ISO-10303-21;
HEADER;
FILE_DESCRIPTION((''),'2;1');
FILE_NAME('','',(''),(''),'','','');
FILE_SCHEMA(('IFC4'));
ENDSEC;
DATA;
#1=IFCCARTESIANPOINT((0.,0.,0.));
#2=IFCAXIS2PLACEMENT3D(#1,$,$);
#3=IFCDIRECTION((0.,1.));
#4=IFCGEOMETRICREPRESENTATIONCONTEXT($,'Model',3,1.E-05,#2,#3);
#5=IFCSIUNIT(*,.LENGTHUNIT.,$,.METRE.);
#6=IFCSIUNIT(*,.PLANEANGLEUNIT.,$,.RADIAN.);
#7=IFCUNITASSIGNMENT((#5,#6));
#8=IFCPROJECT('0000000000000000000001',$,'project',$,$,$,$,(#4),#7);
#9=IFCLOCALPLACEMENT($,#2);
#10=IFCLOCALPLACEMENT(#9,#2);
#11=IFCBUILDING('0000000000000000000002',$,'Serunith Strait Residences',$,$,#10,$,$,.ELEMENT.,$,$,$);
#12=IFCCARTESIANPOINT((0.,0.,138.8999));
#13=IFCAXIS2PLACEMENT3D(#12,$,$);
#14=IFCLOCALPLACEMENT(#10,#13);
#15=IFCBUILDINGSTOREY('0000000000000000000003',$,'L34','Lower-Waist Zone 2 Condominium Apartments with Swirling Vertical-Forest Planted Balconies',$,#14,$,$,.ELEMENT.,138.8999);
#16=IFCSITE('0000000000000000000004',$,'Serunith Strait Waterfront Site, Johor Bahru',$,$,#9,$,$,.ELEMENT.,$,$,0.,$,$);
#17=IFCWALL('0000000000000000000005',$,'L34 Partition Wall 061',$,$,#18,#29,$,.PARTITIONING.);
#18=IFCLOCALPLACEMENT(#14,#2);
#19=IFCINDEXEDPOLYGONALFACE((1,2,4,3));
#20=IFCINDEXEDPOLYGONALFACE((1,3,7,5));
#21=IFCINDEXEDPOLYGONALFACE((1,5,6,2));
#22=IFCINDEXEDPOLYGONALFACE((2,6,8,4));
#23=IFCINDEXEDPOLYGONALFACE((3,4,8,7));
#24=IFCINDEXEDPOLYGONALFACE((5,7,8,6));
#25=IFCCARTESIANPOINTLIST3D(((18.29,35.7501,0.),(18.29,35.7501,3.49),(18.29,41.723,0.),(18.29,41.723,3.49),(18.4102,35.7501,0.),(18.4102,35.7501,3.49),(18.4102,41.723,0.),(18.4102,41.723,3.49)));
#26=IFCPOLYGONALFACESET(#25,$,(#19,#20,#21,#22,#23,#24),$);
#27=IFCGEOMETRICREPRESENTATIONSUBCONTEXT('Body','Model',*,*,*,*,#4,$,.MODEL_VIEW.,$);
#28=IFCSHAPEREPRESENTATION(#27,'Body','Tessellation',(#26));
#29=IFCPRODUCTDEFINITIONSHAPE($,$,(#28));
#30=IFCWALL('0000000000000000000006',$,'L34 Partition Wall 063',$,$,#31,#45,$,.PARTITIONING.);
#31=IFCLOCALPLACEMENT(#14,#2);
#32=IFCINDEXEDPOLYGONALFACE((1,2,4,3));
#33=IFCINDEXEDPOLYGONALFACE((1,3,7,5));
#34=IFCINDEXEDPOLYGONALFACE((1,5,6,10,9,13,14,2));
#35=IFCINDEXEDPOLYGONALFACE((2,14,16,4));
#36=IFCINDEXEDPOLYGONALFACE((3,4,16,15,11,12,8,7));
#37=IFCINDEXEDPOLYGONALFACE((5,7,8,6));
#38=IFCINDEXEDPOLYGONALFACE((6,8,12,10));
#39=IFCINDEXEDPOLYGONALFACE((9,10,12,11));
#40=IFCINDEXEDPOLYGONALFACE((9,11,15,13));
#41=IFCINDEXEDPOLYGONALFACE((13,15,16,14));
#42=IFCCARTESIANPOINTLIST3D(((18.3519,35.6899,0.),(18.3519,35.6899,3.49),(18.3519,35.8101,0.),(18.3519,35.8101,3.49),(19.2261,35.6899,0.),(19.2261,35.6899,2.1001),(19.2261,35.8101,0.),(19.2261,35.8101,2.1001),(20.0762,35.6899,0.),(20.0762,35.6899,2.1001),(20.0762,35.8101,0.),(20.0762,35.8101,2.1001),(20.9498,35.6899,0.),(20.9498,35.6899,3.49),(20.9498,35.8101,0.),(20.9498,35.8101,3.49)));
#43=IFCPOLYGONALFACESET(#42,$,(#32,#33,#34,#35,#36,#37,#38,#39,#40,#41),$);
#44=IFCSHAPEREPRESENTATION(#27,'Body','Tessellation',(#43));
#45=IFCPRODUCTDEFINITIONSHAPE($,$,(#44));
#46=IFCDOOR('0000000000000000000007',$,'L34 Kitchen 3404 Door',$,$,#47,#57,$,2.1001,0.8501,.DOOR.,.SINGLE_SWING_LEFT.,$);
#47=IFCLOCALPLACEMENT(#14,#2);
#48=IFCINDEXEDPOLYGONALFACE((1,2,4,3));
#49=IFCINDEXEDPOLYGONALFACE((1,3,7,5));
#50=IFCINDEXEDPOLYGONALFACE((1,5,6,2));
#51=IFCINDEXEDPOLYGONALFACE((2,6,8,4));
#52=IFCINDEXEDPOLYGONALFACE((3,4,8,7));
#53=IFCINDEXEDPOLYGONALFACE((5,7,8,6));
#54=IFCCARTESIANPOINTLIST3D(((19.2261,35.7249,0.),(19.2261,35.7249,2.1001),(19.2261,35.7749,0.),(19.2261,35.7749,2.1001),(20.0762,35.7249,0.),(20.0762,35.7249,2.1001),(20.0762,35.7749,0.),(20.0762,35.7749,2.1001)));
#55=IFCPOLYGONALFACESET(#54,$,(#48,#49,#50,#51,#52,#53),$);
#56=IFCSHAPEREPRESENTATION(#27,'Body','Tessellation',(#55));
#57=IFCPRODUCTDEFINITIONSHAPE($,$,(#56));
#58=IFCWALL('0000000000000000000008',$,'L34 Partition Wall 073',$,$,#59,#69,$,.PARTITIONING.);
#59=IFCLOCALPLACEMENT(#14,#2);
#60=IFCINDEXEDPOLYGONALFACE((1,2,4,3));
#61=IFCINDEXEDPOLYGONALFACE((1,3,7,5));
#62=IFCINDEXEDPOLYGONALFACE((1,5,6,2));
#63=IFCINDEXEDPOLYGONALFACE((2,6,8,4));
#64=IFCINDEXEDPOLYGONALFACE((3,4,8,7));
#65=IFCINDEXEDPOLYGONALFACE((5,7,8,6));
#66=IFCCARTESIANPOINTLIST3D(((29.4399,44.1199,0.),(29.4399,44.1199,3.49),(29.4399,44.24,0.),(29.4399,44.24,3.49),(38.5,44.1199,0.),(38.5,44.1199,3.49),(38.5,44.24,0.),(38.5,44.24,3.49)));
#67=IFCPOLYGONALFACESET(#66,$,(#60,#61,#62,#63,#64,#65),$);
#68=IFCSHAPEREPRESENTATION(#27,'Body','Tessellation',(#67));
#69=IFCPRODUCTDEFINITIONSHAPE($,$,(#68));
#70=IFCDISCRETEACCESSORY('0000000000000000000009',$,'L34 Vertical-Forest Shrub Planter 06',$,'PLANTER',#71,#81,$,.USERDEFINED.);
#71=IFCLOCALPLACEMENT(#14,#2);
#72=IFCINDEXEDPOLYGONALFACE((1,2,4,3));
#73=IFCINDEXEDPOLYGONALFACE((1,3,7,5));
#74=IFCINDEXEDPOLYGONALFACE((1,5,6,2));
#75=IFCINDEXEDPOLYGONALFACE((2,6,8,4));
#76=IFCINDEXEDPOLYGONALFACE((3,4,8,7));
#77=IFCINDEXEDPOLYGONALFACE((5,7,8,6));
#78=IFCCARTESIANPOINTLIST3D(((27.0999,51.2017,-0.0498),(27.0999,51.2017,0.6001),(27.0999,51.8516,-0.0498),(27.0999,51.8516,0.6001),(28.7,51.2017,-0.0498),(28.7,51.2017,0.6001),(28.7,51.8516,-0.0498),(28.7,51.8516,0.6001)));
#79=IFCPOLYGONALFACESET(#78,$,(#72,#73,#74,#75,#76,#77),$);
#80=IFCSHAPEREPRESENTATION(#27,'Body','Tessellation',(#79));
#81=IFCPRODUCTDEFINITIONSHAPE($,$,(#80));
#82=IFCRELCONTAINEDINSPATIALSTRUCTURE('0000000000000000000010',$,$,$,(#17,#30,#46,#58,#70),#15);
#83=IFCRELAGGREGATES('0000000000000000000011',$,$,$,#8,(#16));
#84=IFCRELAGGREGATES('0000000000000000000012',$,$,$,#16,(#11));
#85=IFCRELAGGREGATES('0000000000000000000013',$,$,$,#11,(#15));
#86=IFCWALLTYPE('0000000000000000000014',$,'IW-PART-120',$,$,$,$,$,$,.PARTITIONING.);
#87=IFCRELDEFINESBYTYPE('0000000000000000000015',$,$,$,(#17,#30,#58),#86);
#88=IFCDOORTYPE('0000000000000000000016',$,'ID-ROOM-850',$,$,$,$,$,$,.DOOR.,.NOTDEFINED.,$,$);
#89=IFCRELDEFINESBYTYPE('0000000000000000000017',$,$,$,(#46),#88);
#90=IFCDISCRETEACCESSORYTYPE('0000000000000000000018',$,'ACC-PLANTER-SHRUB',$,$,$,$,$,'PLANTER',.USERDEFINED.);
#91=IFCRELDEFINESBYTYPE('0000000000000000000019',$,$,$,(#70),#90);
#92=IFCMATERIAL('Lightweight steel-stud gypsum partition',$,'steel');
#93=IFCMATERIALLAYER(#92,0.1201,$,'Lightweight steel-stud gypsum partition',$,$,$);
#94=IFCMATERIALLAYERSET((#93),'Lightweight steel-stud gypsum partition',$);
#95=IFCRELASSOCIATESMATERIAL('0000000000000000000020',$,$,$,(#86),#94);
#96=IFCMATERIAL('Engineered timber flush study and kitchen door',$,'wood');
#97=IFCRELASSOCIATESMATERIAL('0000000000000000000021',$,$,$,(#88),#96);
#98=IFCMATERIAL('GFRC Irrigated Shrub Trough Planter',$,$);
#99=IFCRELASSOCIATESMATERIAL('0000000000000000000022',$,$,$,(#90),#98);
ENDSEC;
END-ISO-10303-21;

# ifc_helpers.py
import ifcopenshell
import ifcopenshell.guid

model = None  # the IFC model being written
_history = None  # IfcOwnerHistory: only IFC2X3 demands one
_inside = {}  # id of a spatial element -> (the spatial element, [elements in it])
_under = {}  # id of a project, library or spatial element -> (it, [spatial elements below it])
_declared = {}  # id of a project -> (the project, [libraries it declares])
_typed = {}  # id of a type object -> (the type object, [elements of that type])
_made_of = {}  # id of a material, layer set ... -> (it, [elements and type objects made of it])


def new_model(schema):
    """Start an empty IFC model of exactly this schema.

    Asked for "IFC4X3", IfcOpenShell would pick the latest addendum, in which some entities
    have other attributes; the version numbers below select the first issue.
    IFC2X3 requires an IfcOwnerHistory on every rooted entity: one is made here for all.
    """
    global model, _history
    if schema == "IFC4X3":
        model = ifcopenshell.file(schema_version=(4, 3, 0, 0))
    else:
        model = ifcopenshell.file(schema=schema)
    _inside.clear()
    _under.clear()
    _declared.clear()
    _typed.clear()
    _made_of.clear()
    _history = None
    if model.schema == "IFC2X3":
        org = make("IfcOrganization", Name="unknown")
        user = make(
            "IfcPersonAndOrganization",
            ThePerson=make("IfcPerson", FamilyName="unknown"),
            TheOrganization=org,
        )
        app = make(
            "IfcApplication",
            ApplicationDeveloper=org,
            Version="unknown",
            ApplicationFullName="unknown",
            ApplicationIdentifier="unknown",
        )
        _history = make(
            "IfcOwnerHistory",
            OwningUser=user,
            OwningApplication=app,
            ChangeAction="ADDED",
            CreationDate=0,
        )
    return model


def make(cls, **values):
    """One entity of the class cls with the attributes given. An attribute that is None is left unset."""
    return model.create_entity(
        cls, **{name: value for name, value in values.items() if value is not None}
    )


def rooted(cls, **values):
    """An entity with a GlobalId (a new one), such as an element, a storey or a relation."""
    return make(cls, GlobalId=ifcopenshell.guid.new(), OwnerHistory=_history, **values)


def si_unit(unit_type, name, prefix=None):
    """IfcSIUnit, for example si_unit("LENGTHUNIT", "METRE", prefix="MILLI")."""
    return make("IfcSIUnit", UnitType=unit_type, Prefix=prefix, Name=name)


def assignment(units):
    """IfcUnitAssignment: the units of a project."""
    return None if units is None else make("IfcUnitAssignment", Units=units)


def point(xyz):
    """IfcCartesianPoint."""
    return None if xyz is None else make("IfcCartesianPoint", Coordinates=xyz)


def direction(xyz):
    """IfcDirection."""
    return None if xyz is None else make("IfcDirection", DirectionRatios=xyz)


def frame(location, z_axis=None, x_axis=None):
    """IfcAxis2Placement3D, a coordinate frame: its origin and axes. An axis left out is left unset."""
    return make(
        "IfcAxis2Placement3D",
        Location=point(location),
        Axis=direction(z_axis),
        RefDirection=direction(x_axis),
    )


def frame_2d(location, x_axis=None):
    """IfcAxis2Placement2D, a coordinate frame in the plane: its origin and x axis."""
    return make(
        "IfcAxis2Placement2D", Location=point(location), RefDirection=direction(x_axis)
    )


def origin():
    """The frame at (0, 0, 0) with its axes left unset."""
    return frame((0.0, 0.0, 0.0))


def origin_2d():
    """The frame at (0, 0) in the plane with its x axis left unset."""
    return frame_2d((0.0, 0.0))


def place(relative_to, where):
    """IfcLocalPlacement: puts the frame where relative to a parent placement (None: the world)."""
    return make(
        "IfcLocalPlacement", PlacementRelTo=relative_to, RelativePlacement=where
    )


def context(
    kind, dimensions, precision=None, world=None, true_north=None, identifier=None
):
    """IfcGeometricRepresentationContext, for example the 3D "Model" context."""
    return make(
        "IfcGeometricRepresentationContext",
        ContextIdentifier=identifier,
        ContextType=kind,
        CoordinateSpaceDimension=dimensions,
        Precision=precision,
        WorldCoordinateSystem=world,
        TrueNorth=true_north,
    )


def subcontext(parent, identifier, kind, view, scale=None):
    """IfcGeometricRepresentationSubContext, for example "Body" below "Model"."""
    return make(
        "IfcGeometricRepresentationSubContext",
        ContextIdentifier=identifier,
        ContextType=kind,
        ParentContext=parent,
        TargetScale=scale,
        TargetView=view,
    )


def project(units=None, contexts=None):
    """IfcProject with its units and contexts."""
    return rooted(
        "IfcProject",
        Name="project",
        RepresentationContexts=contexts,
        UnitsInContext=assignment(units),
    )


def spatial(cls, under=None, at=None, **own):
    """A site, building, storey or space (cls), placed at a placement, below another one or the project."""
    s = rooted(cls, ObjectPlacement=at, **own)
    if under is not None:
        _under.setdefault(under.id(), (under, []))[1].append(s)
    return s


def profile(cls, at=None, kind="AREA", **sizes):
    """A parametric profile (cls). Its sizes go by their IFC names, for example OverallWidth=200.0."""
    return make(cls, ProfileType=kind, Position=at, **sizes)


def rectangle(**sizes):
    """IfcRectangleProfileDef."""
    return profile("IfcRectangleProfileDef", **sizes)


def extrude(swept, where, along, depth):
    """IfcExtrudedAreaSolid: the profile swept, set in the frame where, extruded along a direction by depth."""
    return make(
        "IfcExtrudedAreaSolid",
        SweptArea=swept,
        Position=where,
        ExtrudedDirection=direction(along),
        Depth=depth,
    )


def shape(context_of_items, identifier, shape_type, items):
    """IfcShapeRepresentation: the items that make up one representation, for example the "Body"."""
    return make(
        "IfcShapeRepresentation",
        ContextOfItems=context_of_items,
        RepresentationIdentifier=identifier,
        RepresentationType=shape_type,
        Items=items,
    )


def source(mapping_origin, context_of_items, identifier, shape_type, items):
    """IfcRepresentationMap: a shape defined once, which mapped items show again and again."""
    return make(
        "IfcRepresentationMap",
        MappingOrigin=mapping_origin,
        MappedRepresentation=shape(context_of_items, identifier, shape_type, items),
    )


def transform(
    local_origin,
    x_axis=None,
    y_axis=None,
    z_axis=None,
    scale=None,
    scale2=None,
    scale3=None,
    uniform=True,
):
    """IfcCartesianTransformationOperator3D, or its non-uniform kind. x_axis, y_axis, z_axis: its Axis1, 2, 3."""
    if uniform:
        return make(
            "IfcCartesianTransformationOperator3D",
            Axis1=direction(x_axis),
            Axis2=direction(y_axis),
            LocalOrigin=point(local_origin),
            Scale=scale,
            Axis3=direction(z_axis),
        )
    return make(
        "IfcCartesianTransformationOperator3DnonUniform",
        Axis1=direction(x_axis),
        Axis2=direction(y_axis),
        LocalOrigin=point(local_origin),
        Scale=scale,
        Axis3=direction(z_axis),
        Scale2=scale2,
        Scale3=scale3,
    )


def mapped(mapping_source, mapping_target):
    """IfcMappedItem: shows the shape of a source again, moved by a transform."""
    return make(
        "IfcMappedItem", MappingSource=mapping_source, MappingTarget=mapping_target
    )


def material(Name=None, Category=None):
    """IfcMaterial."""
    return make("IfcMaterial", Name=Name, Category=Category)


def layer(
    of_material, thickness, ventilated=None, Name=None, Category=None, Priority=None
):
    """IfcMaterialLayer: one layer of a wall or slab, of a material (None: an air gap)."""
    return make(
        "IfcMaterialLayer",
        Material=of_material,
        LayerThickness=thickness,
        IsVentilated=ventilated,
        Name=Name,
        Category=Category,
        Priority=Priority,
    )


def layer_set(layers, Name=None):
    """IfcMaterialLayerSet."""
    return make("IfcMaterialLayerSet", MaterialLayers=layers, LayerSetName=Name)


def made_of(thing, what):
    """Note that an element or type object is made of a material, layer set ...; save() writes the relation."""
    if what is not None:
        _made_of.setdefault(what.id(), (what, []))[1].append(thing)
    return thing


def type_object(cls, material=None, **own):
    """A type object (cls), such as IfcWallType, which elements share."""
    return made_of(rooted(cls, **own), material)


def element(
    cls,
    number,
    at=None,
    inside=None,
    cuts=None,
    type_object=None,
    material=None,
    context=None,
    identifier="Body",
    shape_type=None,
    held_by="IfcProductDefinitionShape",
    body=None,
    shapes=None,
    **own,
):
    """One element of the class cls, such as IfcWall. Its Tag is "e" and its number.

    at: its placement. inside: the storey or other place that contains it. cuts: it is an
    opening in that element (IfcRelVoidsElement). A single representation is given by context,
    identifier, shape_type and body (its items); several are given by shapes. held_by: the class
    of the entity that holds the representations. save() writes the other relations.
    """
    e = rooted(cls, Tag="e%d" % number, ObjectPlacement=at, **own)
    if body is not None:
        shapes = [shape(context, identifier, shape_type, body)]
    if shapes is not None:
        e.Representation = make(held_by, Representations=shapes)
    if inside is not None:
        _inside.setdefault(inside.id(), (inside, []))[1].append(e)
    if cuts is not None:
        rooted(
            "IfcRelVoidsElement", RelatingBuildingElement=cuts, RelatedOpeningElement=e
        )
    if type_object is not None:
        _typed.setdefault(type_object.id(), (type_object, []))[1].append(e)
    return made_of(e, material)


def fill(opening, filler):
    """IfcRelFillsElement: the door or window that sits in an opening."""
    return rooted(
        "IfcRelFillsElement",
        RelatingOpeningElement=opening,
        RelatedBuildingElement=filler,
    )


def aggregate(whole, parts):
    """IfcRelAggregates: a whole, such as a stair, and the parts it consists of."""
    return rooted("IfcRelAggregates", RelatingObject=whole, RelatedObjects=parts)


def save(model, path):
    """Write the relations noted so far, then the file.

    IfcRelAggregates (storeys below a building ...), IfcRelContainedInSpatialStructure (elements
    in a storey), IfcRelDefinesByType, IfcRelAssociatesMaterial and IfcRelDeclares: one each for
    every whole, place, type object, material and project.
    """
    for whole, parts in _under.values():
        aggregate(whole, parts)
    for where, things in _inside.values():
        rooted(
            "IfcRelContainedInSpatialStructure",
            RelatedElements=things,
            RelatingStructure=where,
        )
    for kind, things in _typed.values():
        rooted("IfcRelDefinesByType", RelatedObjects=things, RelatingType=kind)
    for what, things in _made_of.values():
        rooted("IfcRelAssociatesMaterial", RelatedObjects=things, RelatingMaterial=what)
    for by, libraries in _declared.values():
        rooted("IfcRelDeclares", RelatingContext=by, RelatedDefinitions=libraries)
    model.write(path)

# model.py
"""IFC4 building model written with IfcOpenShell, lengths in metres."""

from ifc_helpers import new_model, si_unit, direction, frame, frame_2d, origin, origin_2d, place, context, subcontext, project, spatial, rectangle, extrude, source, transform, mapped, material, layer, layer_set, type_object, element, fill, save


model = new_model("IFC4")

# Units and contexts
model_context = context("Model", 3, precision=1e-05, world=origin(), true_north=direction((0.0, 1.0)))
body_context = subcontext(model_context, "Body", "Model", "MODEL_VIEW")
ifc_project = project(units=[si_unit("LENGTHUNIT", "METRE"), si_unit("PLANEANGLEUNIT", "RADIAN")], contexts=[model_context])

# Site, building, storey
site_placement = place(None, origin())
site = spatial("IfcSite", under=ifc_project, at=site_placement, Name="Serunith Strait Waterfront Site, Johor Bahru", CompositionType="ELEMENT", RefElevation=0.0)
building_placement = place(site_placement, origin())
building = spatial("IfcBuilding", under=site, at=building_placement, Name="Serunith Strait Residences", CompositionType="ELEMENT")
storey_placement = place(building_placement, frame((0.0, 0.0, 138.8999)))
storey = spatial("IfcBuildingStorey", under=building, at=storey_placement, Name="L34", Description="Lower-Waist Zone 2 Condominium Apartments with Swirling Vertical-Forest Planted Balconies", CompositionType="ELEMENT", Elevation=138.8999)

# Shared definitions
ifc_material_1 = material(Name="Lightweight steel-stud gypsum partition", Category="steel")
ifc_layer_1 = layer(ifc_material_1, 0.1201, Name="Lightweight steel-stud gypsum partition")
ifc_layer_set_1 = layer_set([ifc_layer_1], Name="Lightweight steel-stud gypsum partition")
wall_type = type_object("IfcWallType", Name="IW-PART-120", PredefinedType="PARTITIONING", material=ifc_layer_set_1)

# Wall
wall_1_placement = place(storey_placement, frame((18.3501, 41.7229, 0.0), z_axis=(0.0, 0.0, 1.0), x_axis=(0.0, -1.0, 0.0)))
element("IfcWall", 1, at=wall_1_placement, inside=storey, type_object=wall_type, Name="L34 Partition Wall 061", PredefinedType="PARTITIONING", context=body_context, shape_type="SweptSolid", body=[
    extrude(rectangle(XDim=5.9729, YDim=0.1201, at=frame_2d((2.9863, 0.0))), origin(), (0.0, 0.0, 1.0), 3.49),
])

# Wall, opening, door
wall_2_placement = place(storey_placement, frame((18.3521, 35.75, 0.0), z_axis=(0.0, 0.0, 1.0), x_axis=(1.0, 0.0, 0.0)))
wall_2 = element("IfcWall", 2, at=wall_2_placement, inside=storey, type_object=wall_type, Name="L34 Partition Wall 063", PredefinedType="PARTITIONING", context=body_context, shape_type="SweptSolid", body=[
    extrude(rectangle(XDim=2.5979, YDim=0.1201, at=frame_2d((1.2988, 0.0))), origin(), (0.0, 0.0, 1.0), 3.49),
])
opening_1_placement = place(wall_2_placement, frame((0.874, 0.0, 0.0)))
opening_1 = element("IfcOpeningElement", 3, at=opening_1_placement, cuts=wall_2, PredefinedType="OPENING", context=body_context, shape_type="SweptSolid", body=[
    extrude(rectangle(XDim=0.8501, YDim=2.1001, at=frame_2d((0.425, 1.05))), frame((0.0, 0.0701, 0.0), z_axis=(0.0, -1.0, 0.0), x_axis=(1.0, 0.0, 0.0)), (0.0, 0.0, 1.0), 0.1401),
])
ifc_material_2 = material(Name="Engineered timber flush study and kitchen door", Category="wood")
door_type_1 = type_object("IfcDoorType", Name="ID-ROOM-850", OperationType="NOTDEFINED", PredefinedType="DOOR", material=ifc_material_2)
shared_shape_1 = source(origin(), body_context, "Body", "SweptSolid", [
    extrude(rectangle(XDim=0.8501, YDim=2.1001, at=frame_2d((0.425, 1.05))), frame((0.0, 0.0249, 0.0), z_axis=(0.0, -1.0, 0.0), x_axis=(1.0, 0.0, 0.0)), (0.0, 0.0, 1.0), 0.05),
])
door_1_placement = place(opening_1_placement, origin())
door_1 = element("IfcDoor", 4, at=door_1_placement, inside=storey, type_object=door_type_1, Name="L34 Kitchen 3404 Door", OperationType="SINGLE_SWING_LEFT", OverallHeight=2.1001, OverallWidth=0.8501, PredefinedType="DOOR", context=body_context, shape_type="MappedRepresentation", body=[
    mapped(shared_shape_1, transform((0.0, 0.0, 0.0), scale=1.0)),
])
fill(opening_1, door_1)

# Wall
wall_3_placement = place(storey_placement, frame((29.4399, 44.1799, 0.0), z_axis=(0.0, 0.0, 1.0), x_axis=(1.0, 0.0, 0.0)))
element("IfcWall", 5, at=wall_3_placement, inside=storey, type_object=wall_type, Name="L34 Partition Wall 073", PredefinedType="PARTITIONING", context=body_context, shape_type="SweptSolid", body=[
    extrude(rectangle(XDim=9.0601, YDim=0.1201, at=frame_2d((4.53, 0.0))), origin(), (0.0, 0.0, 1.0), 3.49),
])

# Discrete accessory
ifc_material_3 = material(Name="GFRC Irrigated Shrub Trough Planter")
discrete_accessory_type = type_object("IfcDiscreteAccessoryType", Name="ACC-PLANTER-SHRUB", ElementType="PLANTER", PredefinedType="USERDEFINED", material=ifc_material_3)
shared_shape_2 = source(origin(), body_context, "Body", "SweptSolid", [
    extrude(rectangle(XDim=1.6001, YDim=0.6499, at=origin_2d()), origin(), (0.0, 0.0, 1.0), 0.6499),
])
discrete_accessory_placement = place(storey_placement, frame((27.8999, 51.5266, -0.0498), z_axis=(0.0, 0.0, 1.0), x_axis=(-1.0, 0.0, 0.0)))
element("IfcDiscreteAccessory", 6, at=discrete_accessory_placement, inside=storey, type_object=discrete_accessory_type, Name="L34 Vertical-Forest Shrub Planter 06", ObjectType="PLANTER", PredefinedType="USERDEFINED", context=body_context, shape_type="MappedRepresentation", body=[
    mapped(shared_shape_2, transform((0.0, 0.0, 0.0), scale=1.0)),
])

save(model, "model.ifc")
